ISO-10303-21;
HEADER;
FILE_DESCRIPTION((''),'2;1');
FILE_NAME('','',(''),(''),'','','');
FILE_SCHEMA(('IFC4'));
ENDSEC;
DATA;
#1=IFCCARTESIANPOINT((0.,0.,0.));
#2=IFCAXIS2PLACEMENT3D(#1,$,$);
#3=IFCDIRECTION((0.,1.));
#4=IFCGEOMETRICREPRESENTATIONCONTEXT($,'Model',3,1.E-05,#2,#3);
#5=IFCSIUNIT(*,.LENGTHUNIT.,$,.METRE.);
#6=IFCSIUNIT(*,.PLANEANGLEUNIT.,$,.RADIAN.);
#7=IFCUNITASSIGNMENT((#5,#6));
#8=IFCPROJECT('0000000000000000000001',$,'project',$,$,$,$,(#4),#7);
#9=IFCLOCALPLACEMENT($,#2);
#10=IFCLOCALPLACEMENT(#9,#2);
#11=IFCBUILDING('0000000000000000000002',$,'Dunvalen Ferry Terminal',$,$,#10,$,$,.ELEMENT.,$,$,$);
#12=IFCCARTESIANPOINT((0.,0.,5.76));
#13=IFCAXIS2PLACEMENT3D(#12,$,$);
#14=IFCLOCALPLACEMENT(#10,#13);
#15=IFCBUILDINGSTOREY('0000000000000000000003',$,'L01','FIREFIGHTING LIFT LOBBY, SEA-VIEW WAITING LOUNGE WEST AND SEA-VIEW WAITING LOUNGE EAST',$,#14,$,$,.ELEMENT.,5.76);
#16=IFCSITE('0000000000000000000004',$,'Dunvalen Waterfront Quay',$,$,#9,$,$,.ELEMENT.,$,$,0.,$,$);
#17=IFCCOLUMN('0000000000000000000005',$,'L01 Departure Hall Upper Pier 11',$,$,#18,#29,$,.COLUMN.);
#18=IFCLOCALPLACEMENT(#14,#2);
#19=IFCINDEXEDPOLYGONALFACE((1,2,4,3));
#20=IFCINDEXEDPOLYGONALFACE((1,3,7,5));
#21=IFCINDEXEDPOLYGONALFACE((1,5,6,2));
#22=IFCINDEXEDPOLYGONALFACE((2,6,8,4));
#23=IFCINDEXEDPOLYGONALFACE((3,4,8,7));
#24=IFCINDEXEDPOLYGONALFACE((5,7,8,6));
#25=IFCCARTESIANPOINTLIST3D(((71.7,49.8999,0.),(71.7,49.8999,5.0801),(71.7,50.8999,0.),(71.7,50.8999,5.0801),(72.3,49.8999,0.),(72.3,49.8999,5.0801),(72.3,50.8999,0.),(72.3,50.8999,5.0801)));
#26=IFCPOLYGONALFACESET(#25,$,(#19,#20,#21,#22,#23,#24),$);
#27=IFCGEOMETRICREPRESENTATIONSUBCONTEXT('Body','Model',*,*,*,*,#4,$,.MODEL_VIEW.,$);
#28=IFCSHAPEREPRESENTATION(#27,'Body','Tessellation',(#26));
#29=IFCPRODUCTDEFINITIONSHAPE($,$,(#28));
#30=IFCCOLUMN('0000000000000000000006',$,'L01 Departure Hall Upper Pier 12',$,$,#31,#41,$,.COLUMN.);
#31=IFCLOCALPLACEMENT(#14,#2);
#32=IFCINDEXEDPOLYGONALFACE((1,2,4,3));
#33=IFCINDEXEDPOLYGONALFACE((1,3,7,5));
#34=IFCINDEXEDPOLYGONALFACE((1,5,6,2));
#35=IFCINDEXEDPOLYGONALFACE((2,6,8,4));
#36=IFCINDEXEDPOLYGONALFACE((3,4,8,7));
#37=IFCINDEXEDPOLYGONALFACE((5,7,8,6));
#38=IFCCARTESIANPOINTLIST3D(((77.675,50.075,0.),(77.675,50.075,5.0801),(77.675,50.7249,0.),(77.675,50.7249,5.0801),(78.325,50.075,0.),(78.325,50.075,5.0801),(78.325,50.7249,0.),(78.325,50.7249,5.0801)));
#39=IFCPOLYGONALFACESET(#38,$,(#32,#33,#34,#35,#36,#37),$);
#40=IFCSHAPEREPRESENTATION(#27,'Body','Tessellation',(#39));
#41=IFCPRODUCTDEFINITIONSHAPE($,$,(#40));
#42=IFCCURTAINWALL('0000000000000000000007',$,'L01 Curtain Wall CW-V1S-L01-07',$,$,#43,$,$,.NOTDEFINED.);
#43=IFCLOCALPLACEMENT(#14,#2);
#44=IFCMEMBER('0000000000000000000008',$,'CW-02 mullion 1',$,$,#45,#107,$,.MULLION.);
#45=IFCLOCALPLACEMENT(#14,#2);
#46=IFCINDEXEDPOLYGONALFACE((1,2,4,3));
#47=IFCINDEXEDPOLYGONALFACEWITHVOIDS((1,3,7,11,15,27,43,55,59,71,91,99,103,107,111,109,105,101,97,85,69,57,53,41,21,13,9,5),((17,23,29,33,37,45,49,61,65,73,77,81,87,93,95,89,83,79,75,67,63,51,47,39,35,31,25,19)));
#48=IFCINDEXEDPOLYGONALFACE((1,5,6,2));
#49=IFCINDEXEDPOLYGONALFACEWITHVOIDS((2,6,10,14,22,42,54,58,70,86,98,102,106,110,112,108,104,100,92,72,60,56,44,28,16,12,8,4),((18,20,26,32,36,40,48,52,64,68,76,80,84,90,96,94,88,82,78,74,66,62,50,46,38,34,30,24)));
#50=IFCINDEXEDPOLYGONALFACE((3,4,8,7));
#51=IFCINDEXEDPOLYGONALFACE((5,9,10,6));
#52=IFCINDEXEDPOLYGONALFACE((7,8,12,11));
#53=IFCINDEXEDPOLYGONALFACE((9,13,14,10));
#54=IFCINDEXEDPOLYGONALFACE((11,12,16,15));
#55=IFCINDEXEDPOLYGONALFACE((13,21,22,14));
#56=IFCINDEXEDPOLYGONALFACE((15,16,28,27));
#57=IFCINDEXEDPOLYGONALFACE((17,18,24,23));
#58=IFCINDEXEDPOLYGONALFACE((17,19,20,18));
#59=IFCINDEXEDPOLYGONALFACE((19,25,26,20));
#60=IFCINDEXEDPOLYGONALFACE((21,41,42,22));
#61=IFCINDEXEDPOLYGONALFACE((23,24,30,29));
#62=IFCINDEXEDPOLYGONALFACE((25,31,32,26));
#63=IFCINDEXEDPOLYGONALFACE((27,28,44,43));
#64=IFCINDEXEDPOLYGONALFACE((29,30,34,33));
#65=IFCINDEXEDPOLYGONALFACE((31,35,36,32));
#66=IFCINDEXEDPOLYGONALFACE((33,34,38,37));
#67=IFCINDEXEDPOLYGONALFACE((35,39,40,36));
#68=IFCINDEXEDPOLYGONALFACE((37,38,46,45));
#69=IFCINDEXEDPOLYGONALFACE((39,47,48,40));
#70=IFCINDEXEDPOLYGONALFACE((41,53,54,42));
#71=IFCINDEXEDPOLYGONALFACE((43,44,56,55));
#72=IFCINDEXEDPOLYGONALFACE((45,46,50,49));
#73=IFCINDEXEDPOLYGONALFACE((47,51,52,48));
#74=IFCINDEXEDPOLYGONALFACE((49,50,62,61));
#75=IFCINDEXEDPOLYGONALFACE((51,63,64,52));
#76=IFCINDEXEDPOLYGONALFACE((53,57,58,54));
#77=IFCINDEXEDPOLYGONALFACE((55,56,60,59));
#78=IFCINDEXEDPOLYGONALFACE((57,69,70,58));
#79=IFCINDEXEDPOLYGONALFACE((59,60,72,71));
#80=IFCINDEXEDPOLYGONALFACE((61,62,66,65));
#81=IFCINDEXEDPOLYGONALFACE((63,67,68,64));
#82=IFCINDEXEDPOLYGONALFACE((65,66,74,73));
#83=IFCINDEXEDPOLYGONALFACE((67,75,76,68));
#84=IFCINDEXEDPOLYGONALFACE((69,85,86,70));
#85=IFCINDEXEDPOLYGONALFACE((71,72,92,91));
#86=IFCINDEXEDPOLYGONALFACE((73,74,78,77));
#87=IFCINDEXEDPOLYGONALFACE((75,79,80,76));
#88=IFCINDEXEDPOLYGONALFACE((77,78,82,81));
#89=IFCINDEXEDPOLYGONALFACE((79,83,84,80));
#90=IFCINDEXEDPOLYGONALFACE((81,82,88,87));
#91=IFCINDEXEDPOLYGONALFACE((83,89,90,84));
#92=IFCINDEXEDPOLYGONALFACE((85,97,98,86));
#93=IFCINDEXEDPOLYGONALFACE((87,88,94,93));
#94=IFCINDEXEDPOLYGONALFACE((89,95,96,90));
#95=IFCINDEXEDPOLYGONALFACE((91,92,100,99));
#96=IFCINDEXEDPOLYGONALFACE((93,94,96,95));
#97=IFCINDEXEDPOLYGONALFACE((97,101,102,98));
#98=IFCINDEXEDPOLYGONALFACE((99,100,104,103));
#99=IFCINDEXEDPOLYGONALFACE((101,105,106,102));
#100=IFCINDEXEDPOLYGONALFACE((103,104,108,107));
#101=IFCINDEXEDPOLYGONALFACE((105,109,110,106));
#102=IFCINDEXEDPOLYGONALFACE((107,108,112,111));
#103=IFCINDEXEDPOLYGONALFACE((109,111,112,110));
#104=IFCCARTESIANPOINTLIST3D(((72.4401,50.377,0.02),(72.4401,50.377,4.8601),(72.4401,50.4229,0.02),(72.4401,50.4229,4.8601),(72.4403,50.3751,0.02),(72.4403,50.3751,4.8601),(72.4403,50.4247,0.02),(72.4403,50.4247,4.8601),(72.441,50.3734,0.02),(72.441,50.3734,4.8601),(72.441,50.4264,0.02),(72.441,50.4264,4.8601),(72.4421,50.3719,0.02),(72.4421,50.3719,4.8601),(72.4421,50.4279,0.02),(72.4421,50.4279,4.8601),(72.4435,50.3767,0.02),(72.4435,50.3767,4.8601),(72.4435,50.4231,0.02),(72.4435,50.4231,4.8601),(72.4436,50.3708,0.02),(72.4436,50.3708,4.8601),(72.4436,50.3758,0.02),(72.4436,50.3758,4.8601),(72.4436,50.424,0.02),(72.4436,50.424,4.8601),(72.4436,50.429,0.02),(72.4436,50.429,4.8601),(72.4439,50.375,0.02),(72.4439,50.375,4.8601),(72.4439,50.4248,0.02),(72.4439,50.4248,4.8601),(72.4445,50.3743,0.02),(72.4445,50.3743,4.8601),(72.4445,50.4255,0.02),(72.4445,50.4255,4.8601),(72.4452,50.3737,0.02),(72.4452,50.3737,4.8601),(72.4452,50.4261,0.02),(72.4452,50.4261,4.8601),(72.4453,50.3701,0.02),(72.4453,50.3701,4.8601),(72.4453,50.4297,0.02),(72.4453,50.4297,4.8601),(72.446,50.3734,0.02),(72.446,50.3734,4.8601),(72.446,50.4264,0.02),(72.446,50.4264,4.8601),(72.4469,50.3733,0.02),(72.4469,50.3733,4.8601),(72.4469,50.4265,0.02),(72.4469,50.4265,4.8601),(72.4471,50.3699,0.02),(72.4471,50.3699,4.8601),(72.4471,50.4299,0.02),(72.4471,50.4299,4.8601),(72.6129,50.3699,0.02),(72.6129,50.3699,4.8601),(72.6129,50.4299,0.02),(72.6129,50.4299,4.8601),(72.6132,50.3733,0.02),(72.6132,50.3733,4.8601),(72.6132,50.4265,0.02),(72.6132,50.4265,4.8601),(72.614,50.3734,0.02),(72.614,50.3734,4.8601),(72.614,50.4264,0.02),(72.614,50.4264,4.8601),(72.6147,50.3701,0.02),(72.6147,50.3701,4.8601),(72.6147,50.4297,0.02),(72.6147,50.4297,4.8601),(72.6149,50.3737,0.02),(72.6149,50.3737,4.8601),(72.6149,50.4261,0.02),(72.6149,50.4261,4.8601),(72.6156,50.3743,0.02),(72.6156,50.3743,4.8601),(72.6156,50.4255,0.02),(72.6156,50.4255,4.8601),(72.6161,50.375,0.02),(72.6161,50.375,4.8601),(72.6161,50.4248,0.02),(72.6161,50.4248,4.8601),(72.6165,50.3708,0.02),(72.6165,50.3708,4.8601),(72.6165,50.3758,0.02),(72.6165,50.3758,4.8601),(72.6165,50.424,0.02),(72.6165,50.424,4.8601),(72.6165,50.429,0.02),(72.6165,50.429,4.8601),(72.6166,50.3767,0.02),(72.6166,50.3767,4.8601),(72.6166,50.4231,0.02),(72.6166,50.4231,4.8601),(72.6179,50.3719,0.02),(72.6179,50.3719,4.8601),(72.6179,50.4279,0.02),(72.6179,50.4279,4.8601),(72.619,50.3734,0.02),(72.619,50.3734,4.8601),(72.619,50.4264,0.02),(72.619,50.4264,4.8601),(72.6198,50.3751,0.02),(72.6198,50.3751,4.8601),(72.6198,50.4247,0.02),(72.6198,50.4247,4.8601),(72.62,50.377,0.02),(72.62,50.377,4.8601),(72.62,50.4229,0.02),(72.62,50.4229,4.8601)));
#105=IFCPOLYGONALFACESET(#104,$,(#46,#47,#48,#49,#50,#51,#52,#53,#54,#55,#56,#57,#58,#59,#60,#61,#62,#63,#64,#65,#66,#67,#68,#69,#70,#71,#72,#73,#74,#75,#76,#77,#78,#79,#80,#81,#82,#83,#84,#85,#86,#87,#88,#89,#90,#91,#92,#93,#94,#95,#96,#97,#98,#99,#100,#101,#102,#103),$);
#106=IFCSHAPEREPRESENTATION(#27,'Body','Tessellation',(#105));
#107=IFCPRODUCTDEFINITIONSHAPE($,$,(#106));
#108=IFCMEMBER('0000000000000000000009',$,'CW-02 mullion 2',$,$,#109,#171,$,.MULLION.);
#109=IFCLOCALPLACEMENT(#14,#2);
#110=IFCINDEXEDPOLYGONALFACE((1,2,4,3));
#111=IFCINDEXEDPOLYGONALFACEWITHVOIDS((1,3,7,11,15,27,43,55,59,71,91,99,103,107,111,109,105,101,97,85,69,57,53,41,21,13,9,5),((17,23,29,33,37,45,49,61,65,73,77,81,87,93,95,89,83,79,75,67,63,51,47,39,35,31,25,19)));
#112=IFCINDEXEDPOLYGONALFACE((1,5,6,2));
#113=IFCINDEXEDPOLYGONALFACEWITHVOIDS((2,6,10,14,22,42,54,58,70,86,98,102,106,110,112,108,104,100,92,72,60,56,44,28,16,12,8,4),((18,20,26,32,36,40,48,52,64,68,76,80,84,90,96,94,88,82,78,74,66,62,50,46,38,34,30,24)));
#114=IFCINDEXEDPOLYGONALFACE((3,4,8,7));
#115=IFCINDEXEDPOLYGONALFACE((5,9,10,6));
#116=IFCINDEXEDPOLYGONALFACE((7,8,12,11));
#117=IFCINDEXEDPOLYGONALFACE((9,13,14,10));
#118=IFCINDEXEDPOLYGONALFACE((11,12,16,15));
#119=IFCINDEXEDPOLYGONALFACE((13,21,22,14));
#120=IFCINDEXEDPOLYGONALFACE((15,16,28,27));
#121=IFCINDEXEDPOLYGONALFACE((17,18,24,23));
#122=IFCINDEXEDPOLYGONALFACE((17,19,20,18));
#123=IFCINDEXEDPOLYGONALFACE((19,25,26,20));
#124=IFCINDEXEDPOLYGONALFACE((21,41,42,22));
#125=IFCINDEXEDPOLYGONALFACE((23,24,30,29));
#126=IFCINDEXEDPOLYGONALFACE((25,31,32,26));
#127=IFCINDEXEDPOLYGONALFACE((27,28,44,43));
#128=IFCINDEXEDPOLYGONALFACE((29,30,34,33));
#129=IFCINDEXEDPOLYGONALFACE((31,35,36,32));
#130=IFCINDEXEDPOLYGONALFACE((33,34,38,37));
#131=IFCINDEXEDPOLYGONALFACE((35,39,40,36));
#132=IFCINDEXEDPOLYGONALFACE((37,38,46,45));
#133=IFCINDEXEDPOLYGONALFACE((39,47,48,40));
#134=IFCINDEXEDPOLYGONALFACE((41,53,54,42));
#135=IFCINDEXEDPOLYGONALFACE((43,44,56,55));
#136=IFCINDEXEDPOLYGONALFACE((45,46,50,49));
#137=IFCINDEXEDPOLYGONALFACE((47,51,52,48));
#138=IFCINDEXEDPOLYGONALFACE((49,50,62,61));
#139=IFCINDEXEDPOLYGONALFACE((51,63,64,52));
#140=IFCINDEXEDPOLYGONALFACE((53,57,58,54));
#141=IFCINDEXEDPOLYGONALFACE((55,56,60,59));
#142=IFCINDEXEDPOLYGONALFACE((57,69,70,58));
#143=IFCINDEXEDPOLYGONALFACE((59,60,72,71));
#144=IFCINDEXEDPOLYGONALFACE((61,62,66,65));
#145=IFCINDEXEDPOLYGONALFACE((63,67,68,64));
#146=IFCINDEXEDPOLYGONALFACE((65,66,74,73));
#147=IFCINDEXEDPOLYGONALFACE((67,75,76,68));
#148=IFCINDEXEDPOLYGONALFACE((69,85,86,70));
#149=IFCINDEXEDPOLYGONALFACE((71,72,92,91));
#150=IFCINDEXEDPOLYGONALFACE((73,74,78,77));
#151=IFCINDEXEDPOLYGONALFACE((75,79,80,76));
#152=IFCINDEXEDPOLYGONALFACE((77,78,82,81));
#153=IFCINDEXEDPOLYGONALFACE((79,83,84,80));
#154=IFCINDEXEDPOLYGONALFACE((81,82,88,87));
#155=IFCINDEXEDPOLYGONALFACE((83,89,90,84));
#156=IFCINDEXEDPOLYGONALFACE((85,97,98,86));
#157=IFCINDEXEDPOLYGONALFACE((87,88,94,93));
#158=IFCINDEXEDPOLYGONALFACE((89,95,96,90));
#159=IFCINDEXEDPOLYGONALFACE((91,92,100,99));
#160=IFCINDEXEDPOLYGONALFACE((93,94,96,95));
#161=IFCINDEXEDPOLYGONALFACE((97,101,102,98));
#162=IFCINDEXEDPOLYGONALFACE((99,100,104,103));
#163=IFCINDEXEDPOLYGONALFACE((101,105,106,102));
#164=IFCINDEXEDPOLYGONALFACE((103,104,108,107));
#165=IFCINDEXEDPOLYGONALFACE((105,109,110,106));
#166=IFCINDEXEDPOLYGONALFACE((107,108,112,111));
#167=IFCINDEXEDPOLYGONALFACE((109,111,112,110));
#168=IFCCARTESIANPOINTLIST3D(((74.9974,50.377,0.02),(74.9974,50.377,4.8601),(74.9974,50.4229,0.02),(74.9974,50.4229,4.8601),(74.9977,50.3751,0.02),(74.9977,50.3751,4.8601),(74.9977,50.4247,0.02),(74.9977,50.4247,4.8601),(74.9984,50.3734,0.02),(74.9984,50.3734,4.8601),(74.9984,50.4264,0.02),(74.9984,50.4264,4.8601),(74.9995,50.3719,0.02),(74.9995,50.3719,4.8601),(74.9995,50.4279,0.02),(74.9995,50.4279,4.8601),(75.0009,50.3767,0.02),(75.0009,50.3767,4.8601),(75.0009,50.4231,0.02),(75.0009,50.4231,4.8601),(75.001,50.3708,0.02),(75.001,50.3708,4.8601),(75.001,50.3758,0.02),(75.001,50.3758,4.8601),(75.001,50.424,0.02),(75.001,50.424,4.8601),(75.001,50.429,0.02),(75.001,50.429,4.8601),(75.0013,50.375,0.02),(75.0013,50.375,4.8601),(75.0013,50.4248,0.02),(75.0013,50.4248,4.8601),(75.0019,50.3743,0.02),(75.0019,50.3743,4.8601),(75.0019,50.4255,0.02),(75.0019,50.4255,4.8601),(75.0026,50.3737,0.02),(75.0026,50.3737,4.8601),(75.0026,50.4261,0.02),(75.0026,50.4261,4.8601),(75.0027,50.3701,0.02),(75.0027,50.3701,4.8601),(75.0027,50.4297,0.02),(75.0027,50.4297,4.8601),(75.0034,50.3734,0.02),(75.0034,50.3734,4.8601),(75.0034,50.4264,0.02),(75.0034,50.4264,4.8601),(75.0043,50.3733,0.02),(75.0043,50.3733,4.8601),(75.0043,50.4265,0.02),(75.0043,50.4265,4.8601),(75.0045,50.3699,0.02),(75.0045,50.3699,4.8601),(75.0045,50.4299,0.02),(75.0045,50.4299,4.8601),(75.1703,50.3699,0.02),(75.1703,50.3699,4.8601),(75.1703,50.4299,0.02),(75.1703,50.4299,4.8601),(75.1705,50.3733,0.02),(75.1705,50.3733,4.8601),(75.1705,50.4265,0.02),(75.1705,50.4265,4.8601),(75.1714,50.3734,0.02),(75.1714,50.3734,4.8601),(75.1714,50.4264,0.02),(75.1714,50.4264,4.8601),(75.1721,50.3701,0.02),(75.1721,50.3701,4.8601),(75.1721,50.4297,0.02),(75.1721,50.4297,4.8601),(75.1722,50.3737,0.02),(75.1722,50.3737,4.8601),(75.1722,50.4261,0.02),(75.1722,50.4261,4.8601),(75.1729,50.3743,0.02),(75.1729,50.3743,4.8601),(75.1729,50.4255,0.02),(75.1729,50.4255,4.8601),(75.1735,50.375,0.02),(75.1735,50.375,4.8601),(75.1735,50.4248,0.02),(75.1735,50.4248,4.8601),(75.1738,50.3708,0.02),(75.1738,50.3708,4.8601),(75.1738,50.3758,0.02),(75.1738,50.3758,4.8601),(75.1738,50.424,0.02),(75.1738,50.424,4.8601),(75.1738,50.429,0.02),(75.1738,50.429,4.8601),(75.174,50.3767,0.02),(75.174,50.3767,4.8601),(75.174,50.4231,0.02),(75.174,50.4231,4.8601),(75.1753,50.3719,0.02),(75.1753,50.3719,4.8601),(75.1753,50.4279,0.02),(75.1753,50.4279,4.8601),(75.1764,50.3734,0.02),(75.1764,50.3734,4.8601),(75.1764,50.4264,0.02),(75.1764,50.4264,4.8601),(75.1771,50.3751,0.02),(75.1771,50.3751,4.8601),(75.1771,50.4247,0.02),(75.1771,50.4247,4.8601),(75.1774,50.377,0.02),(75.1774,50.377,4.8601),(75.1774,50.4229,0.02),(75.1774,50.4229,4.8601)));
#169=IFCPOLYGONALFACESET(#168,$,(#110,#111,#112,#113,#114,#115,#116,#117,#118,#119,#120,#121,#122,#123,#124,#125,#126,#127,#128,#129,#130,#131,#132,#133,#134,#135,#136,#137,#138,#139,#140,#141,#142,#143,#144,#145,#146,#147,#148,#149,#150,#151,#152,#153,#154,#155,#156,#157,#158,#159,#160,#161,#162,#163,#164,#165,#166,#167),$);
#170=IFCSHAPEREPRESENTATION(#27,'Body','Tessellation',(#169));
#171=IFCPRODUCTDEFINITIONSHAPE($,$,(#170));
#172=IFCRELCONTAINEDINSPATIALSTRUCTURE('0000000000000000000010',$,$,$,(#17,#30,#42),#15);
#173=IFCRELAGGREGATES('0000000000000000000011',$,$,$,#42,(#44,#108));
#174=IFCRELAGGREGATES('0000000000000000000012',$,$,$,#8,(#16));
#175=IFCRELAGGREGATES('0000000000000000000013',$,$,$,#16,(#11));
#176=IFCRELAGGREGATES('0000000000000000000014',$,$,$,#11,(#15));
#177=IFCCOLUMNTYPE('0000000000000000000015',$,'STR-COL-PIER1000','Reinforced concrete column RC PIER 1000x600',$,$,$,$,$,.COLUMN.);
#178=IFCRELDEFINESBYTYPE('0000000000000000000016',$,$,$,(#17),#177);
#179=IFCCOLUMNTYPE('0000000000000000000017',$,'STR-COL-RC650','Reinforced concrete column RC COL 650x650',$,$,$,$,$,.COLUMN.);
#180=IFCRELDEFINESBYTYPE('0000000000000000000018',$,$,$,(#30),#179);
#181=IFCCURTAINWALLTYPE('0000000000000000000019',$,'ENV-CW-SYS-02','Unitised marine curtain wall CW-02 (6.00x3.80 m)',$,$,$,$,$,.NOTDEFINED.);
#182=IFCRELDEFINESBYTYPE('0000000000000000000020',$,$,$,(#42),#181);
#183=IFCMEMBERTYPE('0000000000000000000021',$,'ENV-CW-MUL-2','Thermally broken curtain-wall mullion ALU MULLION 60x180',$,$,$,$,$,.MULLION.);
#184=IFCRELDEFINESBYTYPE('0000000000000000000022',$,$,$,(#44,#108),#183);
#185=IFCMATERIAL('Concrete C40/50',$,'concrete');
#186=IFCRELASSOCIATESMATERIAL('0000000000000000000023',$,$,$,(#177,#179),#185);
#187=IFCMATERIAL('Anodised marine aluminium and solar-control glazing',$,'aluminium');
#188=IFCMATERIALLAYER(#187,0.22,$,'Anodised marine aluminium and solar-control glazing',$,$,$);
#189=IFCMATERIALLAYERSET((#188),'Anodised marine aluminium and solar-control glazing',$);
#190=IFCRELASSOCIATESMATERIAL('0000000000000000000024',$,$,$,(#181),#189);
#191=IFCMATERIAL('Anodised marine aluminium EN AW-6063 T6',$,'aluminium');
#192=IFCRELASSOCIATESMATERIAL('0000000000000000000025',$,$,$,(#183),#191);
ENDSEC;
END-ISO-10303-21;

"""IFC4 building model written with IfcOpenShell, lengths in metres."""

from ifc_helpers import new_model, si_unit, direction, frame, origin, origin_2d, place, context, subcontext, project, spatial, rectangle, hollow_rectangle, extrude, material, layer, layer_set, material_profile, profile_set, type_object, element, aggregate, save


model = new_model("IFC4")

# Units and contexts
model_context = context("Model", 3, precision=1e-05, world=origin(), true_north=direction((0.0, 1.0)))
body_context = subcontext(model_context, "Body", "Model", "MODEL_VIEW")
ifc_project = project(units=[si_unit("LENGTHUNIT", "METRE"), si_unit("PLANEANGLEUNIT", "RADIAN")], contexts=[model_context])

# Site, building, storey
site_placement = place(None, origin())
site = spatial("IfcSite", under=ifc_project, at=site_placement, Name="Dunvalen Waterfront Quay", CompositionType="ELEMENT", RefElevation=0.0)
building_placement = place(site_placement, origin())
building = spatial("IfcBuilding", under=site, at=building_placement, Name="Dunvalen Ferry Terminal", CompositionType="ELEMENT")
storey_placement = place(building_placement, frame((0.0, 0.0, 5.76)))
storey = spatial("IfcBuildingStorey", under=building, at=storey_placement, Name="L01", Description="FIREFIGHTING LIFT LOBBY, SEA-VIEW WAITING LOUNGE WEST AND SEA-VIEW WAITING LOUNGE EAST", CompositionType="ELEMENT", Elevation=5.76)

# Columns
ifc_material_1 = material(Name="Concrete C40/50", Category="concrete")
ifc_material_profile_1 = material_profile(ifc_material_1, rectangle(XDim=0.6001, YDim=1.0, at=origin_2d()), Name="Concrete C40/50")
ifc_profile_set_1 = profile_set([ifc_material_profile_1], Name="Concrete C40/50")
column_type_1 = type_object("IfcColumnType", Name="STR-COL-PIER1000", Description="Reinforced concrete column RC PIER 1000x600", PredefinedType="COLUMN", material=ifc_profile_set_1)
column_1_placement = place(storey_placement, frame((72.0, 50.3999, 0.0), z_axis=(0.0, 0.0, 1.0), x_axis=(1.0, 0.0, 0.0)))
element("IfcColumn", 1, at=column_1_placement, inside=storey, type_object=column_type_1, Name="L01 Departure Hall Upper Pier 11", PredefinedType="COLUMN", context=body_context, shape_type="SweptSolid", body=[
    extrude(rectangle(XDim=0.6001, YDim=1.0, at=origin_2d()), origin(), (0.0, 0.0, 1.0), 5.0801),
])
ifc_material_profile_2 = material_profile(ifc_material_1, rectangle(XDim=0.6499, YDim=0.6499, at=origin_2d()), Name="Concrete C40/50")
ifc_profile_set_2 = profile_set([ifc_material_profile_2], Name="Concrete C40/50")
column_type_2 = type_object("IfcColumnType", Name="STR-COL-RC650", Description="Reinforced concrete column RC COL 650x650", PredefinedType="COLUMN", material=ifc_profile_set_2)
column_2_placement = place(storey_placement, frame((78.0, 50.3999, 0.0), z_axis=(0.0, 0.0, 1.0), x_axis=(1.0, 0.0, 0.0)))
element("IfcColumn", 2, at=column_2_placement, inside=storey, type_object=column_type_2, Name="L01 Departure Hall Upper Pier 12", PredefinedType="COLUMN", context=body_context, shape_type="SweptSolid", body=[
    extrude(rectangle(XDim=0.6499, YDim=0.6499, at=origin_2d()), origin(), (0.0, 0.0, 1.0), 5.0801),
])

# Curtain wall, members
ifc_material_2 = material(Name="Anodised marine aluminium and solar-control glazing", Category="aluminium")
ifc_layer_1 = layer(ifc_material_2, 0.22, Name="Anodised marine aluminium and solar-control glazing")
ifc_layer_set_1 = layer_set([ifc_layer_1], Name="Anodised marine aluminium and solar-control glazing")
curtain_wall_type = type_object("IfcCurtainWallType", Name="ENV-CW-SYS-02", Description="Unitised marine curtain wall CW-02 (6.00x3.80 m)", PredefinedType="NOTDEFINED", material=ifc_layer_set_1)
curtain_wall_placement = place(storey_placement, origin())
curtain_wall = element("IfcCurtainWall", 3, at=curtain_wall_placement, inside=storey, type_object=curtain_wall_type, Name="L01 Curtain Wall CW-V1S-L01-07", PredefinedType="NOTDEFINED")
ifc_material_3 = material(Name="Anodised marine aluminium EN AW-6063 T6", Category="aluminium")
ifc_material_profile_3 = material_profile(ifc_material_3, hollow_rectangle(XDim=0.0601, YDim=0.1799, WallThickness=0.0034, InnerFilletRadius=0.0034, OuterFilletRadius=0.0071, at=origin_2d()), Name="Anodised marine aluminium EN AW-6063 T6")
ifc_profile_set_3 = profile_set([ifc_material_profile_3], Name="Anodised marine aluminium EN AW-6063 T6")
member_type_1 = type_object("IfcMemberType", Name="ENV-CW-MUL-2", Description="Thermally broken curtain-wall mullion ALU MULLION 60x180", PredefinedType="MULLION", material=ifc_profile_set_3)
member_1_placement = place(storey_placement, frame((72.53, 50.3999, 0.02), z_axis=(0.0, 0.0, 1.0), x_axis=(0.0, 1.0, 0.0)))
member_1 = element("IfcMember", 4, at=member_1_placement, type_object=member_type_1, Name="CW-02 mullion 1", PredefinedType="MULLION", context=body_context, shape_type="SweptSolid", body=[
    extrude(hollow_rectangle(XDim=0.0601, YDim=0.1799, WallThickness=0.0034, InnerFilletRadius=0.0034, OuterFilletRadius=0.0071, at=origin_2d()), origin(), (0.0, 0.0, 1.0), 4.8401),
])
member_2_placement = place(storey_placement, frame((75.0874, 50.3999, 0.02), z_axis=(0.0, 0.0, 1.0), x_axis=(0.0, 1.0, 0.0)))
member_2 = element("IfcMember", 5, at=member_2_placement, type_object=member_type_1, Name="CW-02 mullion 2", PredefinedType="MULLION", context=body_context, shape_type="SweptSolid", body=[
    extrude(hollow_rectangle(XDim=0.0601, YDim=0.1799, WallThickness=0.0034, InnerFilletRadius=0.0034, OuterFilletRadius=0.0071, at=origin_2d()), origin(), (0.0, 0.0, 1.0), 4.8401),
])

aggregate(curtain_wall, [member_1, member_2])

save(model, "model.ifc")
